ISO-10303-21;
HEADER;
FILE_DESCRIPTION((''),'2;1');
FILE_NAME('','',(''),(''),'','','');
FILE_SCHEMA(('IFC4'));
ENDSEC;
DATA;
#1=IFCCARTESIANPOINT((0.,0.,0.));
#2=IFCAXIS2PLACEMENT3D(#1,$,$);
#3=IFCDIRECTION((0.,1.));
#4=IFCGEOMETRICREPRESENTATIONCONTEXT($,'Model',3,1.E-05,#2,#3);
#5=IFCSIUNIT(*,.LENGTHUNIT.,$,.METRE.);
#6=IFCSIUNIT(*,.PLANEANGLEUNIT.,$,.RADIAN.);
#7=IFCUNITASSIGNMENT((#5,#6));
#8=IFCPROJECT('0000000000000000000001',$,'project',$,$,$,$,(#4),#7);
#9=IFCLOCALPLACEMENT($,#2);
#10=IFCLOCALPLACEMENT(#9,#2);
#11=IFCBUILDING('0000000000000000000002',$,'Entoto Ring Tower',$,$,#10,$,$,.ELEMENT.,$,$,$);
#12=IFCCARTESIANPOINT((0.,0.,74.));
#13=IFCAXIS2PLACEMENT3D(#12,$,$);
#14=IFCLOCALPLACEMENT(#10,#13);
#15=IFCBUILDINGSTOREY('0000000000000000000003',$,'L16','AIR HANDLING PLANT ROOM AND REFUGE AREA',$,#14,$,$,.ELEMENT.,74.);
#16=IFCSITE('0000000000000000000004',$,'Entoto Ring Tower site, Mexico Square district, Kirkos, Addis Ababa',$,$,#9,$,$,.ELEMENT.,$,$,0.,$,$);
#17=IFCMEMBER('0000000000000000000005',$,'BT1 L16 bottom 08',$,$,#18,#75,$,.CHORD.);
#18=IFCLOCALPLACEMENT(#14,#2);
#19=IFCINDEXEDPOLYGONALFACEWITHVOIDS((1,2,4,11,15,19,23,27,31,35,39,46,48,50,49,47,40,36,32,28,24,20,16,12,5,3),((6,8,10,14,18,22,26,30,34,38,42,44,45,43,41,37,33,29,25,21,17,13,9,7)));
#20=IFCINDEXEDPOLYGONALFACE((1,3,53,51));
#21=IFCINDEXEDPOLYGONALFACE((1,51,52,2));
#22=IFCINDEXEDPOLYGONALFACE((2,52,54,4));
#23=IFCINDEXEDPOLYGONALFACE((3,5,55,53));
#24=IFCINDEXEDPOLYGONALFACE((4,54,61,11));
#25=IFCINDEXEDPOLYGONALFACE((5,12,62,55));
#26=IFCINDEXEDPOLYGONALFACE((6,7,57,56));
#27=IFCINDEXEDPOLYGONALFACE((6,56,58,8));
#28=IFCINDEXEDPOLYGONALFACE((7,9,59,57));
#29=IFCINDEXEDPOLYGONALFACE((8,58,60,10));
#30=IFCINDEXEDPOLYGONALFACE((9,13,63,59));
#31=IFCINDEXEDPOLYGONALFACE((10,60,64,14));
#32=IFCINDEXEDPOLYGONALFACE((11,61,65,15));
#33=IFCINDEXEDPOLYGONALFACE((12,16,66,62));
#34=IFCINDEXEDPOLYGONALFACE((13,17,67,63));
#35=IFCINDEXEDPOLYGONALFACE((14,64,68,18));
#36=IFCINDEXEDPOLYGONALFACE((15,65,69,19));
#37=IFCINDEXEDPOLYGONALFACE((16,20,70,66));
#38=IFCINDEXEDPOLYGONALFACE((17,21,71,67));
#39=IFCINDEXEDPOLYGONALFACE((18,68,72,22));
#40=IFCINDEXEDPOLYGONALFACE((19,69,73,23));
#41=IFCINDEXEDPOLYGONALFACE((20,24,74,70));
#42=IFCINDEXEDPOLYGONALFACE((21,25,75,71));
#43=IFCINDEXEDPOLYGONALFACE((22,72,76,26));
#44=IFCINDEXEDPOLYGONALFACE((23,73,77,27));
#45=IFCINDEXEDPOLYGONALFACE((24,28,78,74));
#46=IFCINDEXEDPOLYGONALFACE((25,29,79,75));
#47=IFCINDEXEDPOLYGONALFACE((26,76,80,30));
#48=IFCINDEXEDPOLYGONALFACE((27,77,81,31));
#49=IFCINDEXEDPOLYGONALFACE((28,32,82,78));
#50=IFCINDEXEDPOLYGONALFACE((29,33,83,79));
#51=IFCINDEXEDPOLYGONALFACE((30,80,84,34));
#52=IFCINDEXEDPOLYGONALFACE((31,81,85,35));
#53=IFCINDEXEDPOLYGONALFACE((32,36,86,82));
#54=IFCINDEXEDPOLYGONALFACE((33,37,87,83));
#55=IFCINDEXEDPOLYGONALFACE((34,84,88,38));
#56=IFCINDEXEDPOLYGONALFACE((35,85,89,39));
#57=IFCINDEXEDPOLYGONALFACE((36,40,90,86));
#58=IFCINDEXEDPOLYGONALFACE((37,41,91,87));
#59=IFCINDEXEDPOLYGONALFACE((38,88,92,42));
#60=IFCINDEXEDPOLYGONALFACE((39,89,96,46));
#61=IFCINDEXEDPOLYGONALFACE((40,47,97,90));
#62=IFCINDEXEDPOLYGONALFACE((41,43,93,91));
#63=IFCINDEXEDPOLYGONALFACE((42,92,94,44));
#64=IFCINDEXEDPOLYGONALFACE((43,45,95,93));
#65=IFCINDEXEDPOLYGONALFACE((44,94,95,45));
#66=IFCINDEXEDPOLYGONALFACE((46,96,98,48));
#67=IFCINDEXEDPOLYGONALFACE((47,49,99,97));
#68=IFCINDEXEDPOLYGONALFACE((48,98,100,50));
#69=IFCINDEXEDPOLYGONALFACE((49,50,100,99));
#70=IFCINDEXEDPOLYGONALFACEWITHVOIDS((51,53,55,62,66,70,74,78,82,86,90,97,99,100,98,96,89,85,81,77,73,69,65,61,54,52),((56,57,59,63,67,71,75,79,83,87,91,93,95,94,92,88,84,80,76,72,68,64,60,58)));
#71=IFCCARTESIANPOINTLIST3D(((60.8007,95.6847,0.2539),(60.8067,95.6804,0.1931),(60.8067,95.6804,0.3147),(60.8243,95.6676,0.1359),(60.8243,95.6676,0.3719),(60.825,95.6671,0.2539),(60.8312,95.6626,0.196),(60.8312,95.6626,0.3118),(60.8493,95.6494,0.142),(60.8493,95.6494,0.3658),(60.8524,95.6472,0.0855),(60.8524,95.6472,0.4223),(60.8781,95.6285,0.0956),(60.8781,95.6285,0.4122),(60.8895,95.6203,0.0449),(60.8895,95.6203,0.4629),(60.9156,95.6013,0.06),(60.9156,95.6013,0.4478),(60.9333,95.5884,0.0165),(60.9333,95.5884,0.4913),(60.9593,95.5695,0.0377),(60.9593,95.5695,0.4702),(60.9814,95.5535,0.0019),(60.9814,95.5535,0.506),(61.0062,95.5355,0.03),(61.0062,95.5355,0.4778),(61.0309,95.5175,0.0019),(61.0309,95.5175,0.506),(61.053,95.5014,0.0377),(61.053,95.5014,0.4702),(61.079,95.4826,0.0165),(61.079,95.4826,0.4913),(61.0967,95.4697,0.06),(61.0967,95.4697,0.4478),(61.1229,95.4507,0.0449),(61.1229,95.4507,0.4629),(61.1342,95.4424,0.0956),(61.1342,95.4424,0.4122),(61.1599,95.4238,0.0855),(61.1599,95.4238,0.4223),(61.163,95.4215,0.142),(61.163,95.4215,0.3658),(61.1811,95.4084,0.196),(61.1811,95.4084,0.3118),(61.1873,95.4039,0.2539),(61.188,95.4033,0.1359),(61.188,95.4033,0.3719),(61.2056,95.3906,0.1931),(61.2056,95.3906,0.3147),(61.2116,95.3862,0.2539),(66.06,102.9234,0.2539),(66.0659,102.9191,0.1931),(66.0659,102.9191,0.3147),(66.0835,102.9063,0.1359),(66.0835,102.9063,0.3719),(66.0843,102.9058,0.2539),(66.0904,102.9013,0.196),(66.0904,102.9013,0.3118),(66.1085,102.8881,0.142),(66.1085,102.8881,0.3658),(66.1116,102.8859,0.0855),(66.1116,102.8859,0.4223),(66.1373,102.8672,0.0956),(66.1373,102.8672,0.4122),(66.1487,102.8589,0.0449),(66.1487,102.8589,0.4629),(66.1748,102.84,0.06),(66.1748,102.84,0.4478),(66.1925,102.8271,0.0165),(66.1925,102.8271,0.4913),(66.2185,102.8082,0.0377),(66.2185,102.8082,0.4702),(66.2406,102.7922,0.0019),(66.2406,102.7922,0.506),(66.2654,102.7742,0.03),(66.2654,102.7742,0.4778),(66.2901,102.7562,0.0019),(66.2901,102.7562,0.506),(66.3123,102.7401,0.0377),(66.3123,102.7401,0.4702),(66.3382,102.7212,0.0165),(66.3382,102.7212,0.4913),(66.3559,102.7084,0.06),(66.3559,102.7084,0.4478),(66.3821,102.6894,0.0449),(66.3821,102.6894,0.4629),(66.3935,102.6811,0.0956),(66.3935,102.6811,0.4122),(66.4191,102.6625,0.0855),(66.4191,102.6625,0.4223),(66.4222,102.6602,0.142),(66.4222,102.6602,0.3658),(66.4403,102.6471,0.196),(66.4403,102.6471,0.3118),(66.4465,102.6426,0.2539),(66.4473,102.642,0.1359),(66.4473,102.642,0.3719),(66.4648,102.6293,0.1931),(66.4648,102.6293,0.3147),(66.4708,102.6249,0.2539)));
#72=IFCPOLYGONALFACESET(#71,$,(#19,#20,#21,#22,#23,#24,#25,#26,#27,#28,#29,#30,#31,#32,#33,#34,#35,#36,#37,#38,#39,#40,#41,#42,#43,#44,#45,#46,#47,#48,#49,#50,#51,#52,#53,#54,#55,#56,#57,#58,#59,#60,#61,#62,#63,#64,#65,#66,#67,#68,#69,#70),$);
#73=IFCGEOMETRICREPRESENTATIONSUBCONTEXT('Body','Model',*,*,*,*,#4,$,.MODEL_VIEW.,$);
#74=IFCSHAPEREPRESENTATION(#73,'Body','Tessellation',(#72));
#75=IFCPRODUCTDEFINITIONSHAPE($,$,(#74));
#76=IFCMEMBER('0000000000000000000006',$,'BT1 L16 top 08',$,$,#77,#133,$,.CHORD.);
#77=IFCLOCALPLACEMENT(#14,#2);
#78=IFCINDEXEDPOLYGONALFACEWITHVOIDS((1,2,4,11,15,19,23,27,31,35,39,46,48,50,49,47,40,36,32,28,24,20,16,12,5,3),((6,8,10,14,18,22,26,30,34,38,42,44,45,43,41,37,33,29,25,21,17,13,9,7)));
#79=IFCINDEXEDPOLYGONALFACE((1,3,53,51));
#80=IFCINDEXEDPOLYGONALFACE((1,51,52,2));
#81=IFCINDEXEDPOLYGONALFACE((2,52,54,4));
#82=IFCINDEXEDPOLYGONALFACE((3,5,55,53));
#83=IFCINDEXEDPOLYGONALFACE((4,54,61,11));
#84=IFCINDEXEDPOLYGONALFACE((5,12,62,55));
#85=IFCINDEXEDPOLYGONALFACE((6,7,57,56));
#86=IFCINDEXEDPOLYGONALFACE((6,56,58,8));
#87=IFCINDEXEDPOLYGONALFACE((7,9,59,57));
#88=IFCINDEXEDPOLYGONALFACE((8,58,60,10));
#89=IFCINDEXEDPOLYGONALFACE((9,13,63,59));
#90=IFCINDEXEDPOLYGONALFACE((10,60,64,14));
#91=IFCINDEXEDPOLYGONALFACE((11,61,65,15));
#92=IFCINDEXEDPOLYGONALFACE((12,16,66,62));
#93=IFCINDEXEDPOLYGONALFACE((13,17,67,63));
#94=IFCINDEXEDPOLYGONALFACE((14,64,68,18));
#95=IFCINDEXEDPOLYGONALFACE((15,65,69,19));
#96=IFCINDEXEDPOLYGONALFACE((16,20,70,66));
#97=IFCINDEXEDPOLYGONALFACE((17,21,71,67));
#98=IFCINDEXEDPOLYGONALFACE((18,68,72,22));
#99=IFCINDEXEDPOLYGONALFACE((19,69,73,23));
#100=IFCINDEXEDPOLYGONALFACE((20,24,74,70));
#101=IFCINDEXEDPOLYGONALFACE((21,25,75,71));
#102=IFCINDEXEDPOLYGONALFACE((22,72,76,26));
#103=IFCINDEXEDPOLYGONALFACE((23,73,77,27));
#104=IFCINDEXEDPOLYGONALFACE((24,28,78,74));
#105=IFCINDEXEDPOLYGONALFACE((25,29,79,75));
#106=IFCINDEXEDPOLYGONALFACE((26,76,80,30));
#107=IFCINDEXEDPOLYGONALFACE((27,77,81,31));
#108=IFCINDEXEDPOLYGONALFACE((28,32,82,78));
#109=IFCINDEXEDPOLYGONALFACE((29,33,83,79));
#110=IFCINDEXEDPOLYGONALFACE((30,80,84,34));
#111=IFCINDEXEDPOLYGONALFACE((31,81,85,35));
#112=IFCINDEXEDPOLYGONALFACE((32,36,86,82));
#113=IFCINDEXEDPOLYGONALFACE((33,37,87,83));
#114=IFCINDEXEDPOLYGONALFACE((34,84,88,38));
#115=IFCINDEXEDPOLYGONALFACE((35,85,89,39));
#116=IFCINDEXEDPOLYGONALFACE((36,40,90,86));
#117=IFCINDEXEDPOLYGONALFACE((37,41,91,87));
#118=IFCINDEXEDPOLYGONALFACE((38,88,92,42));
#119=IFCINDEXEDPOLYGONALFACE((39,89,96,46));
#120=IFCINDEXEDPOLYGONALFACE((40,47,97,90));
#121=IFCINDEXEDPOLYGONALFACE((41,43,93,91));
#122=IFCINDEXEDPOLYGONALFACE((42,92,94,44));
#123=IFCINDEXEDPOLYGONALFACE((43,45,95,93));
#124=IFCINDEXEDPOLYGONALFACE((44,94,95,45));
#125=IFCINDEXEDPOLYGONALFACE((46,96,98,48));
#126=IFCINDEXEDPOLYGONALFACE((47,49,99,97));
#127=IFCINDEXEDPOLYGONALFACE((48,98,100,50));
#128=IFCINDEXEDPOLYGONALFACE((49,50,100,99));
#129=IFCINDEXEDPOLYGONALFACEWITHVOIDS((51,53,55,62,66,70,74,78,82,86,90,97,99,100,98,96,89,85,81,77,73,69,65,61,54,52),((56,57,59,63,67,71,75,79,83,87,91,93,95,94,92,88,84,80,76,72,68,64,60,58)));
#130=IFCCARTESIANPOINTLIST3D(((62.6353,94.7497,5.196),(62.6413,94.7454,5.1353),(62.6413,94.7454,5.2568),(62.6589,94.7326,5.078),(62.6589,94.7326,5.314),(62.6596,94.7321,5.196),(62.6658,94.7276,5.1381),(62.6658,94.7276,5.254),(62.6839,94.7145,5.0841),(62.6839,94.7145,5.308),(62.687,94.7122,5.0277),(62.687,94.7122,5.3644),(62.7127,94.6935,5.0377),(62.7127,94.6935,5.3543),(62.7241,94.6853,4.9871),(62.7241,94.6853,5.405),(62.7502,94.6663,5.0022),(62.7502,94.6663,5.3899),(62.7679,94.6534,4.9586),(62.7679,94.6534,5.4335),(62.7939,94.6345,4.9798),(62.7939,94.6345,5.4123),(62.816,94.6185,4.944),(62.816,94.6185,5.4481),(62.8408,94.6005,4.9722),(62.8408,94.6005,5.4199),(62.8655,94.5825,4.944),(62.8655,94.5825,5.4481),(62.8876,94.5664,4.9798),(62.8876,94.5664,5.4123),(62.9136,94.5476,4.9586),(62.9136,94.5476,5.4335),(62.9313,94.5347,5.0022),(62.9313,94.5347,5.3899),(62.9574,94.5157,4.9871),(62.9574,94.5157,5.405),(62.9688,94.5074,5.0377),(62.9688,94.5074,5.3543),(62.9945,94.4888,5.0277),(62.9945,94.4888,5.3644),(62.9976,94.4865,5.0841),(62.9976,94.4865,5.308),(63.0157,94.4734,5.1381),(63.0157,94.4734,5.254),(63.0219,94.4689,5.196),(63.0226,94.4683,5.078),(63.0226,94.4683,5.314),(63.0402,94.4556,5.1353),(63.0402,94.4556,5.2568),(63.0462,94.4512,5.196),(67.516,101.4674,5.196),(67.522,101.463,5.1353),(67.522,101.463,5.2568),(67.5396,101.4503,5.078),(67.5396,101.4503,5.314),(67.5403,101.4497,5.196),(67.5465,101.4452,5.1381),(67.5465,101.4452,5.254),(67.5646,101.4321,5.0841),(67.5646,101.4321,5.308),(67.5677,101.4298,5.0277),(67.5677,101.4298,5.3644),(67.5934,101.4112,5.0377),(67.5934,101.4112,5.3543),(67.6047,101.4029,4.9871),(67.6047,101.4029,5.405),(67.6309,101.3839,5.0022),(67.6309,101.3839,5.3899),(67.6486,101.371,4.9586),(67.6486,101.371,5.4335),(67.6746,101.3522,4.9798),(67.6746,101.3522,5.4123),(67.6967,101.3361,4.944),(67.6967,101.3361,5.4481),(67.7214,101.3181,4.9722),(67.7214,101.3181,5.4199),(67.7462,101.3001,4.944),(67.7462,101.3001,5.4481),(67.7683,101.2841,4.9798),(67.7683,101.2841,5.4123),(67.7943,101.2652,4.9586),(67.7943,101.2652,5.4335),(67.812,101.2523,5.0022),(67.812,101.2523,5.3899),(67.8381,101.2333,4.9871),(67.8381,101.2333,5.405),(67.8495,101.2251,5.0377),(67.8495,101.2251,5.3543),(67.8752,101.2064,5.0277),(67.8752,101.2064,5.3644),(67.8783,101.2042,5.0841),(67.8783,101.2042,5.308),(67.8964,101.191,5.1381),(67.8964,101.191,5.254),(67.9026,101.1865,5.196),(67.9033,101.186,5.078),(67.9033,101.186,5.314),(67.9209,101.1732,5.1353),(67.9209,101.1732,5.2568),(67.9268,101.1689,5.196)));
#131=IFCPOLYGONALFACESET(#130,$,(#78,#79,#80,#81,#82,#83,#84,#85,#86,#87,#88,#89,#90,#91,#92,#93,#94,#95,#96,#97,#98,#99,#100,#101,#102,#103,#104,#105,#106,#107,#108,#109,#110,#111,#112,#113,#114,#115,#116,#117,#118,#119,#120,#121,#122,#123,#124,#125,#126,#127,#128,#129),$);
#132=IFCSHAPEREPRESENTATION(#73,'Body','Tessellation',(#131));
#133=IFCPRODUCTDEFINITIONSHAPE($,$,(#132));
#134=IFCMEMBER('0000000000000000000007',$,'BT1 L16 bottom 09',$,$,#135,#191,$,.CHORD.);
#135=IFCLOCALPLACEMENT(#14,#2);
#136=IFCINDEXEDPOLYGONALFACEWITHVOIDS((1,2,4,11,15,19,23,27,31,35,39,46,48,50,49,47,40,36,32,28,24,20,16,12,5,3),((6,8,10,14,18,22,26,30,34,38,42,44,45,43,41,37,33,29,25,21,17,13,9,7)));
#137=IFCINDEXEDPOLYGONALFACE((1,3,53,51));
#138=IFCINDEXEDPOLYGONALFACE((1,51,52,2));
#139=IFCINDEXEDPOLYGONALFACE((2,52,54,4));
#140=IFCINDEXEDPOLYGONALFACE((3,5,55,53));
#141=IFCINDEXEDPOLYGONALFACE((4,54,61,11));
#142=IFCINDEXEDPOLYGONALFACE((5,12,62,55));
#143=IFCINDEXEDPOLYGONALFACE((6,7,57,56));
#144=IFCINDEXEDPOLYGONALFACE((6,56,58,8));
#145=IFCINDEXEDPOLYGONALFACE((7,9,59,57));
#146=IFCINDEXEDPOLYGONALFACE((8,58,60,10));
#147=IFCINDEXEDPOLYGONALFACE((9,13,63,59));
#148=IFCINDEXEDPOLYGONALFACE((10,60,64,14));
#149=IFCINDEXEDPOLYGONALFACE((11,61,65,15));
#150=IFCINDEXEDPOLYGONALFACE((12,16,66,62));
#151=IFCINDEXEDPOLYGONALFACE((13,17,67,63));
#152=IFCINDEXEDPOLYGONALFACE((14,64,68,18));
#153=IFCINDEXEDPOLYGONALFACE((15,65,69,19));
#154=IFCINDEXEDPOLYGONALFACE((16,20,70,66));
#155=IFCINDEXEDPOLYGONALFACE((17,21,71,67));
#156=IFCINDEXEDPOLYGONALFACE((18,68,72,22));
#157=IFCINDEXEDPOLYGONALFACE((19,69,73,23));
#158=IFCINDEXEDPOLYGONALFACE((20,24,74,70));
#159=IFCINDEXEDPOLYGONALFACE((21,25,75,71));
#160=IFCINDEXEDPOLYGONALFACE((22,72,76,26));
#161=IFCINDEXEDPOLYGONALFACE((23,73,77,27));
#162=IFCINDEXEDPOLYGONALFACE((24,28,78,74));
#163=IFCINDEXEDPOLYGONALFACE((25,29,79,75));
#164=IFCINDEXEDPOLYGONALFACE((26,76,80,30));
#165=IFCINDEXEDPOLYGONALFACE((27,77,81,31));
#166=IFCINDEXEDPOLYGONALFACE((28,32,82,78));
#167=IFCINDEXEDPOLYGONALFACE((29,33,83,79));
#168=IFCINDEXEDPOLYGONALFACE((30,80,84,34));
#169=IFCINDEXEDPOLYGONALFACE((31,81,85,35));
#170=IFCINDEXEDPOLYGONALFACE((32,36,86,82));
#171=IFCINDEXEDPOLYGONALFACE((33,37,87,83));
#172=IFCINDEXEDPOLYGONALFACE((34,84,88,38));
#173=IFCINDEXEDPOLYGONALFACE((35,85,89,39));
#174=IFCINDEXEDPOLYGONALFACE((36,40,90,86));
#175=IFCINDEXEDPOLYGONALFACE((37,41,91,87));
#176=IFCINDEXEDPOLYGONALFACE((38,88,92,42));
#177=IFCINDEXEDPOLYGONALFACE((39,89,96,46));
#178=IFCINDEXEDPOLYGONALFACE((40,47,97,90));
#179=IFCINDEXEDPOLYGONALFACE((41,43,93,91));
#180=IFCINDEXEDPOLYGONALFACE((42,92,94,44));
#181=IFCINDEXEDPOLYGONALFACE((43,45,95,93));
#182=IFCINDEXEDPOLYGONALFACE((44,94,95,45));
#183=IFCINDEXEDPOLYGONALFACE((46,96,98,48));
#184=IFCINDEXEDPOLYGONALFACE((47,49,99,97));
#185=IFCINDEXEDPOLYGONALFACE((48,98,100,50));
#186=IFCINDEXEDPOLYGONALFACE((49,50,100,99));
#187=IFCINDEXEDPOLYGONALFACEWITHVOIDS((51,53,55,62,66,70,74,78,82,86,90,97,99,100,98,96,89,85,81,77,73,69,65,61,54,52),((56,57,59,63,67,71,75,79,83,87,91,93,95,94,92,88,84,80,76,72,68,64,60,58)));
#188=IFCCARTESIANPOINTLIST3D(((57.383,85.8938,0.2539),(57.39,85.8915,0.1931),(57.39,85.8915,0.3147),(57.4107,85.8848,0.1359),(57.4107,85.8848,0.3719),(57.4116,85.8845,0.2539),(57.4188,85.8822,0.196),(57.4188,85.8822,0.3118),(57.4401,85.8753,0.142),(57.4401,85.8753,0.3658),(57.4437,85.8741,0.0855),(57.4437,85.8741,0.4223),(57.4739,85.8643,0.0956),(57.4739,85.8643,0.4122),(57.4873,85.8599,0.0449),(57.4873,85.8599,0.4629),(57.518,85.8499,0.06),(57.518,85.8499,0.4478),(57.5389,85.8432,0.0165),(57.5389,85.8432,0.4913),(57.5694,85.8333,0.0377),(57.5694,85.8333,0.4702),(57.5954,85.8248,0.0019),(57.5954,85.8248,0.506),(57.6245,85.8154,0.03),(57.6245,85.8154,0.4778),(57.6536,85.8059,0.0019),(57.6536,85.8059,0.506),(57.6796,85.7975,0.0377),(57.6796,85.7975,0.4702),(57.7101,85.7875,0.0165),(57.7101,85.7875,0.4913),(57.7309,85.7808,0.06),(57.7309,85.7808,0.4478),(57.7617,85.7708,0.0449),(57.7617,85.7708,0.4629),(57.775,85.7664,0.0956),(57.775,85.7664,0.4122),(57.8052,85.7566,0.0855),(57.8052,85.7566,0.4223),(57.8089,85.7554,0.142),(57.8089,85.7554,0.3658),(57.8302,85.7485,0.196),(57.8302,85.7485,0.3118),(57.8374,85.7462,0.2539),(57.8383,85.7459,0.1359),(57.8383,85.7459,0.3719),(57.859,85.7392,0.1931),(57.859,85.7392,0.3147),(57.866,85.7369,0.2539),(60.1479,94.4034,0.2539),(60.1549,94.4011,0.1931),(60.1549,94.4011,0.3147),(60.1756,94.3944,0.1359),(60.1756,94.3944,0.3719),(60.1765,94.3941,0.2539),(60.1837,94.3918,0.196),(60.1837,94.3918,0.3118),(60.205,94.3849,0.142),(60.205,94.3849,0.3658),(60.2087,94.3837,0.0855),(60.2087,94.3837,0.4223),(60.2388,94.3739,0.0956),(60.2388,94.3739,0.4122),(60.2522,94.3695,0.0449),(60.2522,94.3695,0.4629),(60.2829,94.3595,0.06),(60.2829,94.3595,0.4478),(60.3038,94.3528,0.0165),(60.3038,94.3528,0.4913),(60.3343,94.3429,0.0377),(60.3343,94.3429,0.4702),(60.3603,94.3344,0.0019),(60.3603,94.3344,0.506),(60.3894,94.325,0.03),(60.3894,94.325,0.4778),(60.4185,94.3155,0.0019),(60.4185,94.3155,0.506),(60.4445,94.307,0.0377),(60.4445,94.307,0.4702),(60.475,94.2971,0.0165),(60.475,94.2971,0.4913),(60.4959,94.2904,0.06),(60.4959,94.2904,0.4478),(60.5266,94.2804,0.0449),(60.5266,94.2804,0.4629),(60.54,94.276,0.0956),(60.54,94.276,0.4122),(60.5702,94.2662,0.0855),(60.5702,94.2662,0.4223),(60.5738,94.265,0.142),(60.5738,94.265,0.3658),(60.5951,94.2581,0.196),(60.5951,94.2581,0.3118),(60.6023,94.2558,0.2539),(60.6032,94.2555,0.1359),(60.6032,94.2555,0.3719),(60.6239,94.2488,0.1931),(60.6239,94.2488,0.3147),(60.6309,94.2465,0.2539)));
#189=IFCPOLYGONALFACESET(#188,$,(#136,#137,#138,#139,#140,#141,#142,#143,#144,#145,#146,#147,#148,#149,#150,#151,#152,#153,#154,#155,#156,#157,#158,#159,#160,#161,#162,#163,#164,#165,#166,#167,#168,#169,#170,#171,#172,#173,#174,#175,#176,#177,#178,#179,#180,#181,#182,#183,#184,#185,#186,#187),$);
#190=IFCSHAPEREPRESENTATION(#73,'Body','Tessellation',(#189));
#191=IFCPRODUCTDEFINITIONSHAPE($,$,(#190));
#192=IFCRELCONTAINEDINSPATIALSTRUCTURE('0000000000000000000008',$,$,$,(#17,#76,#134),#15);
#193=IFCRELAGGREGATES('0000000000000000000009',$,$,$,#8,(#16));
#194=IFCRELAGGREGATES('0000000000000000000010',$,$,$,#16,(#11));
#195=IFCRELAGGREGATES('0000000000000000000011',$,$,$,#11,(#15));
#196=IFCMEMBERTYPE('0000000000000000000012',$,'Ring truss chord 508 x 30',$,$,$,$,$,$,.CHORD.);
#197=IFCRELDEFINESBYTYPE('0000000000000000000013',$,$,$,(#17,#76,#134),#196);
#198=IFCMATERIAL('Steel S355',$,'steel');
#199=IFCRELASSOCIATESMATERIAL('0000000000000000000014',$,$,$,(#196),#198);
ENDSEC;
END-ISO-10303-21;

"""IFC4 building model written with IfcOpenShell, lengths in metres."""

from ifc_helpers import new_model, si_unit, direction, frame, origin, origin_2d, place, context, subcontext, project, spatial, circle, hollow_circle, extrude, material, material_profile, profile_set, type_object, element, save


model = new_model("IFC4")

# Units and contexts
model_context = context("Model", 3, precision=1e-05, world=origin(), true_north=direction((0.0, 1.0)))
body_context = subcontext(model_context, "Body", "Model", "MODEL_VIEW")
ifc_project = project(units=[si_unit("LENGTHUNIT", "METRE"), si_unit("PLANEANGLEUNIT", "RADIAN")], contexts=[model_context])

# Site, building, storey
site_placement = place(None, origin())
site = spatial("IfcSite", under=ifc_project, at=site_placement, Name="Entoto Ring Tower site, Mexico Square district, Kirkos, Addis Ababa", CompositionType="ELEMENT", RefElevation=0.0)
building_placement = place(site_placement, origin())
building = spatial("IfcBuilding", under=site, at=building_placement, Name="Entoto Ring Tower", CompositionType="ELEMENT")
storey_placement = place(building_placement, frame((0.0, 0.0, 74.0)))
storey = spatial("IfcBuildingStorey", under=building, at=storey_placement, Name="L16", Description="AIR HANDLING PLANT ROOM AND REFUGE AREA", CompositionType="ELEMENT", Elevation=74.0)

# Members
ifc_material_1 = material(Name="Steel S355", Category="steel")
ifc_material_profile_1 = material_profile(ifc_material_1, hollow_circle(Radius=0.2539, WallThickness=0.03, at=origin_2d()), Name="CHS 508 x 30")
ifc_material_2 = material(Name="Concrete C60/75", Category="concrete")
ifc_material_profile_2 = material_profile(ifc_material_2, circle(Radius=0.2241, at=origin_2d()), Name="Concrete C60/75 infill")
ifc_profile_set_1 = profile_set([ifc_material_profile_1, ifc_material_profile_2], Name="Steel S355")
member_type_1 = type_object("IfcMemberType", Name="Ring truss chord 508 x 30", PredefinedType="CHORD", material=ifc_profile_set_1)
member_1_placement = place(storey_placement, frame((66.2654, 102.7742, 0.2539), z_axis=(-0.587786, -0.809017, 0.0), x_axis=(0.809017, -0.587786, 0.0)))
element("IfcMember", 1, at=member_1_placement, inside=storey, type_object=member_type_1, Name="BT1 L16 bottom 08", PredefinedType="CHORD", context=body_context, shape_type="SweptSolid", body=[
    extrude(hollow_circle(Radius=0.2539, WallThickness=0.03, at=origin_2d()), origin(), (0.0, 0.0, 1.0), 8.9475),
])
member_2_placement = place(storey_placement, frame((67.7214, 101.3181, 5.196), z_axis=(-0.587789, -0.809014, 0.0), x_axis=(0.809014, -0.587789, 0.0)))
element("IfcMember", 2, at=member_2_placement, inside=storey, type_object=member_type_1, Name="BT1 L16 top 08", PredefinedType="CHORD", context=body_context, shape_type="SweptSolid", body=[
    extrude(hollow_circle(Radius=0.2539, WallThickness=0.03, at=origin_2d()), origin(), (0.0, 0.0, 1.0), 8.3035),
])
member_3_placement = place(storey_placement, frame((60.3894, 94.325, 0.2539), z_axis=(-0.309015, -0.951057, 0.0), x_axis=(0.951057, -0.309015, 0.0)))
element("IfcMember", 3, at=member_3_placement, inside=storey, type_object=member_type_1, Name="BT1 L16 bottom 09", PredefinedType="CHORD", context=body_context, shape_type="SweptSolid", body=[
    extrude(hollow_circle(Radius=0.2539, WallThickness=0.03, at=origin_2d()), origin(), (0.0, 0.0, 1.0), 8.9475),
])

save(model, "model.ifc")
